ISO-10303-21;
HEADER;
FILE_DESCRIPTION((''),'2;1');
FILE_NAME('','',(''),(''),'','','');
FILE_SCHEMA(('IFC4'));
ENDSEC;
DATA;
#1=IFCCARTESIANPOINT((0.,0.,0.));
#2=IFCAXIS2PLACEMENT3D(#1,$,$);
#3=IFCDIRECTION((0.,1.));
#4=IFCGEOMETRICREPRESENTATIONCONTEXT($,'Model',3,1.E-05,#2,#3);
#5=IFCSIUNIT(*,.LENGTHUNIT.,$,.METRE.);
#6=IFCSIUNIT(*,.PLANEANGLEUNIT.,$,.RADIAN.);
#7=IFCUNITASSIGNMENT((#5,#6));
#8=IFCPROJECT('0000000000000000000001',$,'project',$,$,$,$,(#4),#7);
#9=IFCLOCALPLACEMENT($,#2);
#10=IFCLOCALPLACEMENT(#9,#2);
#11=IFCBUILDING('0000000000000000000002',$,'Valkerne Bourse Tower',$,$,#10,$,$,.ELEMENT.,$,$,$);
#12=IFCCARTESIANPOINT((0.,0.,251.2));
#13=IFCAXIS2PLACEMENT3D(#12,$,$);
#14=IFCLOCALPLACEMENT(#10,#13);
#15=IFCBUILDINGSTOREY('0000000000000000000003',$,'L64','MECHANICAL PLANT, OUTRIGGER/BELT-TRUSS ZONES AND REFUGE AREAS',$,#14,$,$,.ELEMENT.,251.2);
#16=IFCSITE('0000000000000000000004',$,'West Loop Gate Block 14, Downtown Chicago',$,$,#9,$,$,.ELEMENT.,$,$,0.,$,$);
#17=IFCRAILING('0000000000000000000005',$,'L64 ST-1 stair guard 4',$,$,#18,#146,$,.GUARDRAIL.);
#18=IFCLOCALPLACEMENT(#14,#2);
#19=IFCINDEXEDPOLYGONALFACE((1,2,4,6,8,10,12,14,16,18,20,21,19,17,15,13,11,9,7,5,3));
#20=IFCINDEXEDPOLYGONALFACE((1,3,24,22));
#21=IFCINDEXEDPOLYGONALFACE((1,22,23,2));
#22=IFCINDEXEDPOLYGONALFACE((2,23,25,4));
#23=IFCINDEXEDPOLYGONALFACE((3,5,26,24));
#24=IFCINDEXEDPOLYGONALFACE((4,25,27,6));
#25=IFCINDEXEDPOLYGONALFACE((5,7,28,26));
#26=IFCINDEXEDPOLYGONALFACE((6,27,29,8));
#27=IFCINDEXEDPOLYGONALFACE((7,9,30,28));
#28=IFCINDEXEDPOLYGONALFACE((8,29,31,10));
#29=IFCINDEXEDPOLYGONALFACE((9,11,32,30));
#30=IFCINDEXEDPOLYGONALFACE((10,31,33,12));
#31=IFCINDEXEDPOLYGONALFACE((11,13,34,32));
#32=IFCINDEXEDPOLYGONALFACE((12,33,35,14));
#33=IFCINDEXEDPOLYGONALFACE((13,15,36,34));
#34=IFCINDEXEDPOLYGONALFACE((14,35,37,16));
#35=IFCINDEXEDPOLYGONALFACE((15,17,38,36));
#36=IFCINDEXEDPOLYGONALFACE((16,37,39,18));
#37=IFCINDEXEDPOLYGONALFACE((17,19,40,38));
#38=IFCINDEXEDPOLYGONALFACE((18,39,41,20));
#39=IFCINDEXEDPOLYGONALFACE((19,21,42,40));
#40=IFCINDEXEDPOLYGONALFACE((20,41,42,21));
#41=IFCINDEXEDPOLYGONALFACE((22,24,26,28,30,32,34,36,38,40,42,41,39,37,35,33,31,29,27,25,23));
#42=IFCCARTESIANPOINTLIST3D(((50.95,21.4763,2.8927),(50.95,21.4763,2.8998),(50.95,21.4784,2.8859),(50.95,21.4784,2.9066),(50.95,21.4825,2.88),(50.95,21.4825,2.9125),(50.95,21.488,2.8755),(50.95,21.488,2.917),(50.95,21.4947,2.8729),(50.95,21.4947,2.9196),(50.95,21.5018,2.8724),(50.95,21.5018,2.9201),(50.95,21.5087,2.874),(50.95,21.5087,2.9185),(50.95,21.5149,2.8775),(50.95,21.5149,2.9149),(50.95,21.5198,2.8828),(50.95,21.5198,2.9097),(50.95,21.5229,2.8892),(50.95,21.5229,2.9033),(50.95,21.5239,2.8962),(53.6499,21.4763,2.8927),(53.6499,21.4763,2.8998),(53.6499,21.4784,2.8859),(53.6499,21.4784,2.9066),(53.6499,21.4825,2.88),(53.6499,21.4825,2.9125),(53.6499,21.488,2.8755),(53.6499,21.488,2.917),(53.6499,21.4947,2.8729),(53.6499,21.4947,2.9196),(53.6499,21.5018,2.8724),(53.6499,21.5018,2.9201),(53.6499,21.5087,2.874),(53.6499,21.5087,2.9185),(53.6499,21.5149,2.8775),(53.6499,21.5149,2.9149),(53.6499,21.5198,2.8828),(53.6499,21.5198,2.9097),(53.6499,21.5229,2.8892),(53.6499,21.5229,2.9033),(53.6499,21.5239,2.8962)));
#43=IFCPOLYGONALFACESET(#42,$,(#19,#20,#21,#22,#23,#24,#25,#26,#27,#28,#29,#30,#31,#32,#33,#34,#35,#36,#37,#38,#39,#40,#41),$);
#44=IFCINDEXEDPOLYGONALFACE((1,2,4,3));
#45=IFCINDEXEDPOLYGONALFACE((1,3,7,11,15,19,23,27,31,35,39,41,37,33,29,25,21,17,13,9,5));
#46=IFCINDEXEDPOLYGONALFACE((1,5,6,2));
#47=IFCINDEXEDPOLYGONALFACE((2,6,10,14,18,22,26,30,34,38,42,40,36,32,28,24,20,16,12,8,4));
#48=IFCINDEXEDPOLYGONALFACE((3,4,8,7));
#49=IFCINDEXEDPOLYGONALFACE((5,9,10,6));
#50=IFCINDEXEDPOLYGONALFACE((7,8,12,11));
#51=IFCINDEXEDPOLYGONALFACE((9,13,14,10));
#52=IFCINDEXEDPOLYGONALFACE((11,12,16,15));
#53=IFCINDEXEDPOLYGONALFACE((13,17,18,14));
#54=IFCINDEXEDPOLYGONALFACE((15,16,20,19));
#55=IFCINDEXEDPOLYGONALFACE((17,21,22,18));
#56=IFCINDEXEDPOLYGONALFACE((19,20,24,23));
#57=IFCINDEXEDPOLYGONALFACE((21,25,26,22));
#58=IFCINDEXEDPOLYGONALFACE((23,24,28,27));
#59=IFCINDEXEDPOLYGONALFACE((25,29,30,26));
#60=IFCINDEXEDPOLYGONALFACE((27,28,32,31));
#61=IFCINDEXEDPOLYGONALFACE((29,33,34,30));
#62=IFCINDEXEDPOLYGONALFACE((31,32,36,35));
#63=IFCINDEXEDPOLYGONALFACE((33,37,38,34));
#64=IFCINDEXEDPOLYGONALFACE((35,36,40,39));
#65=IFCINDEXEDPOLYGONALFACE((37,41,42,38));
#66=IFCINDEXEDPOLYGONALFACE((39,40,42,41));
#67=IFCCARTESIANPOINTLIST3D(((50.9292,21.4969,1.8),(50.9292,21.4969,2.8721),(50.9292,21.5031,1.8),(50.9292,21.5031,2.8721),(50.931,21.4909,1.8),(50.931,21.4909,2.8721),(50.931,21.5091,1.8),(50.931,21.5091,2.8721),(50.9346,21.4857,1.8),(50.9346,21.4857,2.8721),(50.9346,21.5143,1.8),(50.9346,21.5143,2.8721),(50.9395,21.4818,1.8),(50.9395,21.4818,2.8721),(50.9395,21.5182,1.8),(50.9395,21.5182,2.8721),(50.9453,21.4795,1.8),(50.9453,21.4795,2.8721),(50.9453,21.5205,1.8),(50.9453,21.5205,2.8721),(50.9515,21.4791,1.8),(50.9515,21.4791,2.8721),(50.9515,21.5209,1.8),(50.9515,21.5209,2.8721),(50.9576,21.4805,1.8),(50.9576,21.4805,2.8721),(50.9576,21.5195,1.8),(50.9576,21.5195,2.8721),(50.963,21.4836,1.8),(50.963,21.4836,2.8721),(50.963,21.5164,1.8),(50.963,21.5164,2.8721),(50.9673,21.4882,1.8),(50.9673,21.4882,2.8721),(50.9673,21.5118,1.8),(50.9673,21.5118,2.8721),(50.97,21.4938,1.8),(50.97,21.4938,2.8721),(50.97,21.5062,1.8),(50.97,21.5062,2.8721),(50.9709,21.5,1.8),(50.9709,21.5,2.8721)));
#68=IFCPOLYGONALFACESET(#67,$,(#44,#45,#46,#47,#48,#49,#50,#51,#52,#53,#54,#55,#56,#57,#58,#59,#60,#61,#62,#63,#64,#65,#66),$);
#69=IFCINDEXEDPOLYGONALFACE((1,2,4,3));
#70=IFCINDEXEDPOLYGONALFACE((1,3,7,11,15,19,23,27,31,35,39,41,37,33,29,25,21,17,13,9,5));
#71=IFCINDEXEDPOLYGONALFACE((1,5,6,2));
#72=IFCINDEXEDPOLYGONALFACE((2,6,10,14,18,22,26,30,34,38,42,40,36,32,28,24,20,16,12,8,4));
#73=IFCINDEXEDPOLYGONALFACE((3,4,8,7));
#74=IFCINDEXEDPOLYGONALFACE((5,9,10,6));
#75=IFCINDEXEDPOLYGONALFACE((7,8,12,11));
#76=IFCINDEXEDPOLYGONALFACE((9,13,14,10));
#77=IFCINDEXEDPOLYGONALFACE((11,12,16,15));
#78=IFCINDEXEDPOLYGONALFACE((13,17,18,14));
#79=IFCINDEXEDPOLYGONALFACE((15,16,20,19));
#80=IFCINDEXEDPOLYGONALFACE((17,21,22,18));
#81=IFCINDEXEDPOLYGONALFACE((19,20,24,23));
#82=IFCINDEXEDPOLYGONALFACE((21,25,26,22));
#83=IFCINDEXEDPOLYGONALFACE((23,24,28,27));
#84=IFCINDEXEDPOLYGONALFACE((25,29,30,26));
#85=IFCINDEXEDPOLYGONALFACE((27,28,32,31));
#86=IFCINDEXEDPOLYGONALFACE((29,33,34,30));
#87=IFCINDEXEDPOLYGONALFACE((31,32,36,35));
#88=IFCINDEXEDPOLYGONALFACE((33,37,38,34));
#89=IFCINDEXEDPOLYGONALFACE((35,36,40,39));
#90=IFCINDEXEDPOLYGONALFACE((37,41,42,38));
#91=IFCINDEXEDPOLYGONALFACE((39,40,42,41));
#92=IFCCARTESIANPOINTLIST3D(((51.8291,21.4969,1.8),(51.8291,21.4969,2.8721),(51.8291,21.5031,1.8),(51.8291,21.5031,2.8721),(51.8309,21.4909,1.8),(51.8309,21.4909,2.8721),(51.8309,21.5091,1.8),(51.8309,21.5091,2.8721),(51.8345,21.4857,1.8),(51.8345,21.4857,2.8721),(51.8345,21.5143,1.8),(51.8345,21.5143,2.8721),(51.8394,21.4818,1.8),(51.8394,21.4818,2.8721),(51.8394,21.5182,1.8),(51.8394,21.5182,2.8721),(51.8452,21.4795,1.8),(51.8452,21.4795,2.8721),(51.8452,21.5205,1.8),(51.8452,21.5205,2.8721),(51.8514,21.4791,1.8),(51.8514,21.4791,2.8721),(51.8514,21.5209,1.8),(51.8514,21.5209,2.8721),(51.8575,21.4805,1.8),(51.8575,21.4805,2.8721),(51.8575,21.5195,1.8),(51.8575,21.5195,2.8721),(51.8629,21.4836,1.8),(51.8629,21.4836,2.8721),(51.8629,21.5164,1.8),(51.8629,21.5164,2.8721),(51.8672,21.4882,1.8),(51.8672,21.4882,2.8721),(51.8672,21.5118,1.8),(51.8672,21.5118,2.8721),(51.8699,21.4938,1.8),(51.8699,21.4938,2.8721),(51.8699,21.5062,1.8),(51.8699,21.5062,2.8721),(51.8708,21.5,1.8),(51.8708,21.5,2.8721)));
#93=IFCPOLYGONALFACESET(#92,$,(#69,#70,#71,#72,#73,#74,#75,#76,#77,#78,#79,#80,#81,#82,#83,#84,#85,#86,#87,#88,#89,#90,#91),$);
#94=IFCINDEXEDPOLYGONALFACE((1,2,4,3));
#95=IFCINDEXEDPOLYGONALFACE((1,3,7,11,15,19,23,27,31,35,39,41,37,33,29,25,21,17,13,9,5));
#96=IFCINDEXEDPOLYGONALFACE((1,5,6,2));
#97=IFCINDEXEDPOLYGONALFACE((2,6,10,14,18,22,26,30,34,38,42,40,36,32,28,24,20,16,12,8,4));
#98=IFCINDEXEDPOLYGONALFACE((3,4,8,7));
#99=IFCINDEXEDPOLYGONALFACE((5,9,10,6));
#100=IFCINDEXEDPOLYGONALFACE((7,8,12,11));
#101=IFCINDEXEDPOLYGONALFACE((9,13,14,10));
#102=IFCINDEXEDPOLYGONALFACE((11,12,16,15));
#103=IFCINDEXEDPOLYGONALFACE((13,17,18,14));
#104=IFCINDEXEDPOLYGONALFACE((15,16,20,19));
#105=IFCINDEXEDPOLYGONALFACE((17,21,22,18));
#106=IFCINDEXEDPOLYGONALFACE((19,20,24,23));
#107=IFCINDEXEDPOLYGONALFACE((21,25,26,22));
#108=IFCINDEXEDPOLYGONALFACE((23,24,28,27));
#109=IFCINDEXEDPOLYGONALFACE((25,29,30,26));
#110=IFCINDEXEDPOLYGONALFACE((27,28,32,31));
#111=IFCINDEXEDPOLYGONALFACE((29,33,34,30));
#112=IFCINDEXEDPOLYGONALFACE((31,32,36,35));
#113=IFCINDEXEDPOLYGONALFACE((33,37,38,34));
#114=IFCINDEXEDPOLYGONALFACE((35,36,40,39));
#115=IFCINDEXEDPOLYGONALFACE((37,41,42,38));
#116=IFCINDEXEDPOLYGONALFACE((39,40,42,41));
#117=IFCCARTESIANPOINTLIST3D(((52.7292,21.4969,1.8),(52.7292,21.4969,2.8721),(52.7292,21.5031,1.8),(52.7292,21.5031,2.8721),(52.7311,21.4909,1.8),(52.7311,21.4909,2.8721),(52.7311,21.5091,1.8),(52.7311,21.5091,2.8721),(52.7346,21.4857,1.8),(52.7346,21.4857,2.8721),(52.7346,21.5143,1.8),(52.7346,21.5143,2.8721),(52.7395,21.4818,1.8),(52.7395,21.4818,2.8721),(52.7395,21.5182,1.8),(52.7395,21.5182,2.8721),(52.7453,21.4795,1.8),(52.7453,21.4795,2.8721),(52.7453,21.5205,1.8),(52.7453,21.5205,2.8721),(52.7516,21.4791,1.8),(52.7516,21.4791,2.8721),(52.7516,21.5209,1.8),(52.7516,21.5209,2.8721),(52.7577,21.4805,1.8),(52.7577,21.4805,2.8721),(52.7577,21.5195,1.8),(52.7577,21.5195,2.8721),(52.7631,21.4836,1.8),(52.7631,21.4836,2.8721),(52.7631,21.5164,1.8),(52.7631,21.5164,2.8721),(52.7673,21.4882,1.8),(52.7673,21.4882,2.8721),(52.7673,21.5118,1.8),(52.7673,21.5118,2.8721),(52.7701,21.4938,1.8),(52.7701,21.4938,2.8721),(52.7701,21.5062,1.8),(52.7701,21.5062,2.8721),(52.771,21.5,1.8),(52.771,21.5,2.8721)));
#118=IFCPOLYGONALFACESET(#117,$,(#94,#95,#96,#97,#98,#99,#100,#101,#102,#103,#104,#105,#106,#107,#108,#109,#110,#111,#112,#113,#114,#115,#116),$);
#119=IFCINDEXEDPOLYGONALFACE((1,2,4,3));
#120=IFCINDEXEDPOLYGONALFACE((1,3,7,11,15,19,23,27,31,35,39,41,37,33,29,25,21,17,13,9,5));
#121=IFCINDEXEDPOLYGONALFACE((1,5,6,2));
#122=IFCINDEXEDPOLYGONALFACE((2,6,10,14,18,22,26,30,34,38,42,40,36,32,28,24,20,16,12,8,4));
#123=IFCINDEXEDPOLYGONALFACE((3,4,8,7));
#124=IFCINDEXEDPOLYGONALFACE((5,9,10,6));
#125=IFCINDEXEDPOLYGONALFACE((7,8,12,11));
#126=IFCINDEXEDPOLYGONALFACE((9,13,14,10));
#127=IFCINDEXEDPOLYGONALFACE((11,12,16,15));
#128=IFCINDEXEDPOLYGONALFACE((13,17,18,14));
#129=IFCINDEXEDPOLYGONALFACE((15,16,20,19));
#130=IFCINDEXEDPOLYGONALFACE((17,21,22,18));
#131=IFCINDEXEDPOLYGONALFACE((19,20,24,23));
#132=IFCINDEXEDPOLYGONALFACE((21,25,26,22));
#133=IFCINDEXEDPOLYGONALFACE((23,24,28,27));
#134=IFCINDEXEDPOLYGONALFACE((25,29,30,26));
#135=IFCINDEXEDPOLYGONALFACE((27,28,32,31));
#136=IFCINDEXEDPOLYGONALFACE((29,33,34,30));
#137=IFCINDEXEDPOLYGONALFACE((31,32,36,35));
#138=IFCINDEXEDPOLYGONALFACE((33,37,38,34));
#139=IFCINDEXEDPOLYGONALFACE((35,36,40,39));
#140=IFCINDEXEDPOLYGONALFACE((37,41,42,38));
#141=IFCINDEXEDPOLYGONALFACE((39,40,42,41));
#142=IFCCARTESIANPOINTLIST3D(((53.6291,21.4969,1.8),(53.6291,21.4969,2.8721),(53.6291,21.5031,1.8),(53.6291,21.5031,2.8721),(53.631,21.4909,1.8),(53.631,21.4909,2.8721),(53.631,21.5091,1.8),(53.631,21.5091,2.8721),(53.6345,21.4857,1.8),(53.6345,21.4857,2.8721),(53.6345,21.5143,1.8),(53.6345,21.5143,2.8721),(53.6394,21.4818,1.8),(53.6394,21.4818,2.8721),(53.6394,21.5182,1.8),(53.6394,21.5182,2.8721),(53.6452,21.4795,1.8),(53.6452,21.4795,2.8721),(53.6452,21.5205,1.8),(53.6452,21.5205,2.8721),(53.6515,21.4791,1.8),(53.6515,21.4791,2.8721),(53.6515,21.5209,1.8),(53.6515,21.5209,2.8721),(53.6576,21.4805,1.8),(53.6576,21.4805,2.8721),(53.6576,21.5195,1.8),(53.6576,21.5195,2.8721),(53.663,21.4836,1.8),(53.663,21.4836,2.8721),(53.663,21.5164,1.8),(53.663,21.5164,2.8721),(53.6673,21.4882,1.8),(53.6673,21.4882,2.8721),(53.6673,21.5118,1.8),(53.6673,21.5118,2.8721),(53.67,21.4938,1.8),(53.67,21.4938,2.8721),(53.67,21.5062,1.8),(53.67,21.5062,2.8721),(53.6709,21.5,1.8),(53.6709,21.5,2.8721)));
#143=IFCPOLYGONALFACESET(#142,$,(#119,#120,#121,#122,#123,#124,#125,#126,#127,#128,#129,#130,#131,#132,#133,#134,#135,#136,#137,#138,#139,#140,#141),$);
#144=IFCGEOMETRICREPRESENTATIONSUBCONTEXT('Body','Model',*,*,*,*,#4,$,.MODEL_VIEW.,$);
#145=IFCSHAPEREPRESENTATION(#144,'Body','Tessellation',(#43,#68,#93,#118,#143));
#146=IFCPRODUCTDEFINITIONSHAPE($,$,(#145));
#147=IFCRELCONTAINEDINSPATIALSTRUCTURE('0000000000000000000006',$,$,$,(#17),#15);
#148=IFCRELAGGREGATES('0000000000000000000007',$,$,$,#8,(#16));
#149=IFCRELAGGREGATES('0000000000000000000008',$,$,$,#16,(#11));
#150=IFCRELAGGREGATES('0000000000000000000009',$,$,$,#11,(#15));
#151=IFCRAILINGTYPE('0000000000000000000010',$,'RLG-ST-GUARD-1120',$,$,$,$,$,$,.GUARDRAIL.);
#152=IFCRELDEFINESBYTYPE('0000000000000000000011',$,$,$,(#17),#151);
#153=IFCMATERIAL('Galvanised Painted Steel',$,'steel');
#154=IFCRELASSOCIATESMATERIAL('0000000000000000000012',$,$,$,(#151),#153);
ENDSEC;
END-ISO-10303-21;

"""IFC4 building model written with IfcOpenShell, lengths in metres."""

from ifc_helpers import new_model, si_unit, direction, frame, origin, origin_2d, place, context, subcontext, project, spatial, circle, extrude, material, type_object, element, save


model = new_model("IFC4")

# Units and contexts
model_context = context("Model", 3, precision=1e-05, world=origin(), true_north=direction((0.0, 1.0)))
body_context = subcontext(model_context, "Body", "Model", "MODEL_VIEW")
ifc_project = project(units=[si_unit("LENGTHUNIT", "METRE"), si_unit("PLANEANGLEUNIT", "RADIAN")], contexts=[model_context])

# Site, building, storey
site_placement = place(None, origin())
site = spatial("IfcSite", under=ifc_project, at=site_placement, Name="West Loop Gate Block 14, Downtown Chicago", CompositionType="ELEMENT", RefElevation=0.0)
building_placement = place(site_placement, origin())
building = spatial("IfcBuilding", under=site, at=building_placement, Name="Valkerne Bourse Tower", CompositionType="ELEMENT")
storey_placement = place(building_placement, frame((0.0, 0.0, 251.2)))
storey = spatial("IfcBuildingStorey", under=building, at=storey_placement, Name="L64", Description="MECHANICAL PLANT, OUTRIGGER/BELT-TRUSS ZONES AND REFUGE AREAS", CompositionType="ELEMENT", Elevation=251.2)

# Shared definitions
ifc_material_1 = material(Name="Galvanised Painted Steel", Category="steel")

# Railing
railing_type_1 = type_object("IfcRailingType", Name="RLG-ST-GUARD-1120", PredefinedType="GUARDRAIL", material=ifc_material_1)
railing_1_placement = place(storey_placement, frame((50.95, 21.5, 1.8)))
element("IfcRailing", 1, at=railing_1_placement, inside=storey, type_object=railing_type_1, Name="L64 ST-1 stair guard 4", PredefinedType="GUARDRAIL", context=body_context, shape_type="SweptSolid", body=[
    extrude(circle(Radius=0.0239, at=origin_2d()), frame((0.0, 0.0, 1.0962), z_axis=(1.0, 0.0, 0.0), x_axis=(0.0, 1.0, 0.0)), (0.0, 0.0, 1.0), 2.7),
    extrude(circle(Radius=0.021, at=origin_2d()), origin(), (0.0, 0.0, 1.0), 1.072),
    extrude(circle(Radius=0.021, at=origin_2d()), frame((0.8999, 0.0, 0.0)), (0.0, 0.0, 1.0), 1.072),
    extrude(circle(Radius=0.021, at=origin_2d()), frame((1.8, 0.0, 0.0)), (0.0, 0.0, 1.0), 1.072),
    extrude(circle(Radius=0.021, at=origin_2d()), frame((2.7, 0.0, 0.0)), (0.0, 0.0, 1.0), 1.072),
])

save(model, "model.ifc")
